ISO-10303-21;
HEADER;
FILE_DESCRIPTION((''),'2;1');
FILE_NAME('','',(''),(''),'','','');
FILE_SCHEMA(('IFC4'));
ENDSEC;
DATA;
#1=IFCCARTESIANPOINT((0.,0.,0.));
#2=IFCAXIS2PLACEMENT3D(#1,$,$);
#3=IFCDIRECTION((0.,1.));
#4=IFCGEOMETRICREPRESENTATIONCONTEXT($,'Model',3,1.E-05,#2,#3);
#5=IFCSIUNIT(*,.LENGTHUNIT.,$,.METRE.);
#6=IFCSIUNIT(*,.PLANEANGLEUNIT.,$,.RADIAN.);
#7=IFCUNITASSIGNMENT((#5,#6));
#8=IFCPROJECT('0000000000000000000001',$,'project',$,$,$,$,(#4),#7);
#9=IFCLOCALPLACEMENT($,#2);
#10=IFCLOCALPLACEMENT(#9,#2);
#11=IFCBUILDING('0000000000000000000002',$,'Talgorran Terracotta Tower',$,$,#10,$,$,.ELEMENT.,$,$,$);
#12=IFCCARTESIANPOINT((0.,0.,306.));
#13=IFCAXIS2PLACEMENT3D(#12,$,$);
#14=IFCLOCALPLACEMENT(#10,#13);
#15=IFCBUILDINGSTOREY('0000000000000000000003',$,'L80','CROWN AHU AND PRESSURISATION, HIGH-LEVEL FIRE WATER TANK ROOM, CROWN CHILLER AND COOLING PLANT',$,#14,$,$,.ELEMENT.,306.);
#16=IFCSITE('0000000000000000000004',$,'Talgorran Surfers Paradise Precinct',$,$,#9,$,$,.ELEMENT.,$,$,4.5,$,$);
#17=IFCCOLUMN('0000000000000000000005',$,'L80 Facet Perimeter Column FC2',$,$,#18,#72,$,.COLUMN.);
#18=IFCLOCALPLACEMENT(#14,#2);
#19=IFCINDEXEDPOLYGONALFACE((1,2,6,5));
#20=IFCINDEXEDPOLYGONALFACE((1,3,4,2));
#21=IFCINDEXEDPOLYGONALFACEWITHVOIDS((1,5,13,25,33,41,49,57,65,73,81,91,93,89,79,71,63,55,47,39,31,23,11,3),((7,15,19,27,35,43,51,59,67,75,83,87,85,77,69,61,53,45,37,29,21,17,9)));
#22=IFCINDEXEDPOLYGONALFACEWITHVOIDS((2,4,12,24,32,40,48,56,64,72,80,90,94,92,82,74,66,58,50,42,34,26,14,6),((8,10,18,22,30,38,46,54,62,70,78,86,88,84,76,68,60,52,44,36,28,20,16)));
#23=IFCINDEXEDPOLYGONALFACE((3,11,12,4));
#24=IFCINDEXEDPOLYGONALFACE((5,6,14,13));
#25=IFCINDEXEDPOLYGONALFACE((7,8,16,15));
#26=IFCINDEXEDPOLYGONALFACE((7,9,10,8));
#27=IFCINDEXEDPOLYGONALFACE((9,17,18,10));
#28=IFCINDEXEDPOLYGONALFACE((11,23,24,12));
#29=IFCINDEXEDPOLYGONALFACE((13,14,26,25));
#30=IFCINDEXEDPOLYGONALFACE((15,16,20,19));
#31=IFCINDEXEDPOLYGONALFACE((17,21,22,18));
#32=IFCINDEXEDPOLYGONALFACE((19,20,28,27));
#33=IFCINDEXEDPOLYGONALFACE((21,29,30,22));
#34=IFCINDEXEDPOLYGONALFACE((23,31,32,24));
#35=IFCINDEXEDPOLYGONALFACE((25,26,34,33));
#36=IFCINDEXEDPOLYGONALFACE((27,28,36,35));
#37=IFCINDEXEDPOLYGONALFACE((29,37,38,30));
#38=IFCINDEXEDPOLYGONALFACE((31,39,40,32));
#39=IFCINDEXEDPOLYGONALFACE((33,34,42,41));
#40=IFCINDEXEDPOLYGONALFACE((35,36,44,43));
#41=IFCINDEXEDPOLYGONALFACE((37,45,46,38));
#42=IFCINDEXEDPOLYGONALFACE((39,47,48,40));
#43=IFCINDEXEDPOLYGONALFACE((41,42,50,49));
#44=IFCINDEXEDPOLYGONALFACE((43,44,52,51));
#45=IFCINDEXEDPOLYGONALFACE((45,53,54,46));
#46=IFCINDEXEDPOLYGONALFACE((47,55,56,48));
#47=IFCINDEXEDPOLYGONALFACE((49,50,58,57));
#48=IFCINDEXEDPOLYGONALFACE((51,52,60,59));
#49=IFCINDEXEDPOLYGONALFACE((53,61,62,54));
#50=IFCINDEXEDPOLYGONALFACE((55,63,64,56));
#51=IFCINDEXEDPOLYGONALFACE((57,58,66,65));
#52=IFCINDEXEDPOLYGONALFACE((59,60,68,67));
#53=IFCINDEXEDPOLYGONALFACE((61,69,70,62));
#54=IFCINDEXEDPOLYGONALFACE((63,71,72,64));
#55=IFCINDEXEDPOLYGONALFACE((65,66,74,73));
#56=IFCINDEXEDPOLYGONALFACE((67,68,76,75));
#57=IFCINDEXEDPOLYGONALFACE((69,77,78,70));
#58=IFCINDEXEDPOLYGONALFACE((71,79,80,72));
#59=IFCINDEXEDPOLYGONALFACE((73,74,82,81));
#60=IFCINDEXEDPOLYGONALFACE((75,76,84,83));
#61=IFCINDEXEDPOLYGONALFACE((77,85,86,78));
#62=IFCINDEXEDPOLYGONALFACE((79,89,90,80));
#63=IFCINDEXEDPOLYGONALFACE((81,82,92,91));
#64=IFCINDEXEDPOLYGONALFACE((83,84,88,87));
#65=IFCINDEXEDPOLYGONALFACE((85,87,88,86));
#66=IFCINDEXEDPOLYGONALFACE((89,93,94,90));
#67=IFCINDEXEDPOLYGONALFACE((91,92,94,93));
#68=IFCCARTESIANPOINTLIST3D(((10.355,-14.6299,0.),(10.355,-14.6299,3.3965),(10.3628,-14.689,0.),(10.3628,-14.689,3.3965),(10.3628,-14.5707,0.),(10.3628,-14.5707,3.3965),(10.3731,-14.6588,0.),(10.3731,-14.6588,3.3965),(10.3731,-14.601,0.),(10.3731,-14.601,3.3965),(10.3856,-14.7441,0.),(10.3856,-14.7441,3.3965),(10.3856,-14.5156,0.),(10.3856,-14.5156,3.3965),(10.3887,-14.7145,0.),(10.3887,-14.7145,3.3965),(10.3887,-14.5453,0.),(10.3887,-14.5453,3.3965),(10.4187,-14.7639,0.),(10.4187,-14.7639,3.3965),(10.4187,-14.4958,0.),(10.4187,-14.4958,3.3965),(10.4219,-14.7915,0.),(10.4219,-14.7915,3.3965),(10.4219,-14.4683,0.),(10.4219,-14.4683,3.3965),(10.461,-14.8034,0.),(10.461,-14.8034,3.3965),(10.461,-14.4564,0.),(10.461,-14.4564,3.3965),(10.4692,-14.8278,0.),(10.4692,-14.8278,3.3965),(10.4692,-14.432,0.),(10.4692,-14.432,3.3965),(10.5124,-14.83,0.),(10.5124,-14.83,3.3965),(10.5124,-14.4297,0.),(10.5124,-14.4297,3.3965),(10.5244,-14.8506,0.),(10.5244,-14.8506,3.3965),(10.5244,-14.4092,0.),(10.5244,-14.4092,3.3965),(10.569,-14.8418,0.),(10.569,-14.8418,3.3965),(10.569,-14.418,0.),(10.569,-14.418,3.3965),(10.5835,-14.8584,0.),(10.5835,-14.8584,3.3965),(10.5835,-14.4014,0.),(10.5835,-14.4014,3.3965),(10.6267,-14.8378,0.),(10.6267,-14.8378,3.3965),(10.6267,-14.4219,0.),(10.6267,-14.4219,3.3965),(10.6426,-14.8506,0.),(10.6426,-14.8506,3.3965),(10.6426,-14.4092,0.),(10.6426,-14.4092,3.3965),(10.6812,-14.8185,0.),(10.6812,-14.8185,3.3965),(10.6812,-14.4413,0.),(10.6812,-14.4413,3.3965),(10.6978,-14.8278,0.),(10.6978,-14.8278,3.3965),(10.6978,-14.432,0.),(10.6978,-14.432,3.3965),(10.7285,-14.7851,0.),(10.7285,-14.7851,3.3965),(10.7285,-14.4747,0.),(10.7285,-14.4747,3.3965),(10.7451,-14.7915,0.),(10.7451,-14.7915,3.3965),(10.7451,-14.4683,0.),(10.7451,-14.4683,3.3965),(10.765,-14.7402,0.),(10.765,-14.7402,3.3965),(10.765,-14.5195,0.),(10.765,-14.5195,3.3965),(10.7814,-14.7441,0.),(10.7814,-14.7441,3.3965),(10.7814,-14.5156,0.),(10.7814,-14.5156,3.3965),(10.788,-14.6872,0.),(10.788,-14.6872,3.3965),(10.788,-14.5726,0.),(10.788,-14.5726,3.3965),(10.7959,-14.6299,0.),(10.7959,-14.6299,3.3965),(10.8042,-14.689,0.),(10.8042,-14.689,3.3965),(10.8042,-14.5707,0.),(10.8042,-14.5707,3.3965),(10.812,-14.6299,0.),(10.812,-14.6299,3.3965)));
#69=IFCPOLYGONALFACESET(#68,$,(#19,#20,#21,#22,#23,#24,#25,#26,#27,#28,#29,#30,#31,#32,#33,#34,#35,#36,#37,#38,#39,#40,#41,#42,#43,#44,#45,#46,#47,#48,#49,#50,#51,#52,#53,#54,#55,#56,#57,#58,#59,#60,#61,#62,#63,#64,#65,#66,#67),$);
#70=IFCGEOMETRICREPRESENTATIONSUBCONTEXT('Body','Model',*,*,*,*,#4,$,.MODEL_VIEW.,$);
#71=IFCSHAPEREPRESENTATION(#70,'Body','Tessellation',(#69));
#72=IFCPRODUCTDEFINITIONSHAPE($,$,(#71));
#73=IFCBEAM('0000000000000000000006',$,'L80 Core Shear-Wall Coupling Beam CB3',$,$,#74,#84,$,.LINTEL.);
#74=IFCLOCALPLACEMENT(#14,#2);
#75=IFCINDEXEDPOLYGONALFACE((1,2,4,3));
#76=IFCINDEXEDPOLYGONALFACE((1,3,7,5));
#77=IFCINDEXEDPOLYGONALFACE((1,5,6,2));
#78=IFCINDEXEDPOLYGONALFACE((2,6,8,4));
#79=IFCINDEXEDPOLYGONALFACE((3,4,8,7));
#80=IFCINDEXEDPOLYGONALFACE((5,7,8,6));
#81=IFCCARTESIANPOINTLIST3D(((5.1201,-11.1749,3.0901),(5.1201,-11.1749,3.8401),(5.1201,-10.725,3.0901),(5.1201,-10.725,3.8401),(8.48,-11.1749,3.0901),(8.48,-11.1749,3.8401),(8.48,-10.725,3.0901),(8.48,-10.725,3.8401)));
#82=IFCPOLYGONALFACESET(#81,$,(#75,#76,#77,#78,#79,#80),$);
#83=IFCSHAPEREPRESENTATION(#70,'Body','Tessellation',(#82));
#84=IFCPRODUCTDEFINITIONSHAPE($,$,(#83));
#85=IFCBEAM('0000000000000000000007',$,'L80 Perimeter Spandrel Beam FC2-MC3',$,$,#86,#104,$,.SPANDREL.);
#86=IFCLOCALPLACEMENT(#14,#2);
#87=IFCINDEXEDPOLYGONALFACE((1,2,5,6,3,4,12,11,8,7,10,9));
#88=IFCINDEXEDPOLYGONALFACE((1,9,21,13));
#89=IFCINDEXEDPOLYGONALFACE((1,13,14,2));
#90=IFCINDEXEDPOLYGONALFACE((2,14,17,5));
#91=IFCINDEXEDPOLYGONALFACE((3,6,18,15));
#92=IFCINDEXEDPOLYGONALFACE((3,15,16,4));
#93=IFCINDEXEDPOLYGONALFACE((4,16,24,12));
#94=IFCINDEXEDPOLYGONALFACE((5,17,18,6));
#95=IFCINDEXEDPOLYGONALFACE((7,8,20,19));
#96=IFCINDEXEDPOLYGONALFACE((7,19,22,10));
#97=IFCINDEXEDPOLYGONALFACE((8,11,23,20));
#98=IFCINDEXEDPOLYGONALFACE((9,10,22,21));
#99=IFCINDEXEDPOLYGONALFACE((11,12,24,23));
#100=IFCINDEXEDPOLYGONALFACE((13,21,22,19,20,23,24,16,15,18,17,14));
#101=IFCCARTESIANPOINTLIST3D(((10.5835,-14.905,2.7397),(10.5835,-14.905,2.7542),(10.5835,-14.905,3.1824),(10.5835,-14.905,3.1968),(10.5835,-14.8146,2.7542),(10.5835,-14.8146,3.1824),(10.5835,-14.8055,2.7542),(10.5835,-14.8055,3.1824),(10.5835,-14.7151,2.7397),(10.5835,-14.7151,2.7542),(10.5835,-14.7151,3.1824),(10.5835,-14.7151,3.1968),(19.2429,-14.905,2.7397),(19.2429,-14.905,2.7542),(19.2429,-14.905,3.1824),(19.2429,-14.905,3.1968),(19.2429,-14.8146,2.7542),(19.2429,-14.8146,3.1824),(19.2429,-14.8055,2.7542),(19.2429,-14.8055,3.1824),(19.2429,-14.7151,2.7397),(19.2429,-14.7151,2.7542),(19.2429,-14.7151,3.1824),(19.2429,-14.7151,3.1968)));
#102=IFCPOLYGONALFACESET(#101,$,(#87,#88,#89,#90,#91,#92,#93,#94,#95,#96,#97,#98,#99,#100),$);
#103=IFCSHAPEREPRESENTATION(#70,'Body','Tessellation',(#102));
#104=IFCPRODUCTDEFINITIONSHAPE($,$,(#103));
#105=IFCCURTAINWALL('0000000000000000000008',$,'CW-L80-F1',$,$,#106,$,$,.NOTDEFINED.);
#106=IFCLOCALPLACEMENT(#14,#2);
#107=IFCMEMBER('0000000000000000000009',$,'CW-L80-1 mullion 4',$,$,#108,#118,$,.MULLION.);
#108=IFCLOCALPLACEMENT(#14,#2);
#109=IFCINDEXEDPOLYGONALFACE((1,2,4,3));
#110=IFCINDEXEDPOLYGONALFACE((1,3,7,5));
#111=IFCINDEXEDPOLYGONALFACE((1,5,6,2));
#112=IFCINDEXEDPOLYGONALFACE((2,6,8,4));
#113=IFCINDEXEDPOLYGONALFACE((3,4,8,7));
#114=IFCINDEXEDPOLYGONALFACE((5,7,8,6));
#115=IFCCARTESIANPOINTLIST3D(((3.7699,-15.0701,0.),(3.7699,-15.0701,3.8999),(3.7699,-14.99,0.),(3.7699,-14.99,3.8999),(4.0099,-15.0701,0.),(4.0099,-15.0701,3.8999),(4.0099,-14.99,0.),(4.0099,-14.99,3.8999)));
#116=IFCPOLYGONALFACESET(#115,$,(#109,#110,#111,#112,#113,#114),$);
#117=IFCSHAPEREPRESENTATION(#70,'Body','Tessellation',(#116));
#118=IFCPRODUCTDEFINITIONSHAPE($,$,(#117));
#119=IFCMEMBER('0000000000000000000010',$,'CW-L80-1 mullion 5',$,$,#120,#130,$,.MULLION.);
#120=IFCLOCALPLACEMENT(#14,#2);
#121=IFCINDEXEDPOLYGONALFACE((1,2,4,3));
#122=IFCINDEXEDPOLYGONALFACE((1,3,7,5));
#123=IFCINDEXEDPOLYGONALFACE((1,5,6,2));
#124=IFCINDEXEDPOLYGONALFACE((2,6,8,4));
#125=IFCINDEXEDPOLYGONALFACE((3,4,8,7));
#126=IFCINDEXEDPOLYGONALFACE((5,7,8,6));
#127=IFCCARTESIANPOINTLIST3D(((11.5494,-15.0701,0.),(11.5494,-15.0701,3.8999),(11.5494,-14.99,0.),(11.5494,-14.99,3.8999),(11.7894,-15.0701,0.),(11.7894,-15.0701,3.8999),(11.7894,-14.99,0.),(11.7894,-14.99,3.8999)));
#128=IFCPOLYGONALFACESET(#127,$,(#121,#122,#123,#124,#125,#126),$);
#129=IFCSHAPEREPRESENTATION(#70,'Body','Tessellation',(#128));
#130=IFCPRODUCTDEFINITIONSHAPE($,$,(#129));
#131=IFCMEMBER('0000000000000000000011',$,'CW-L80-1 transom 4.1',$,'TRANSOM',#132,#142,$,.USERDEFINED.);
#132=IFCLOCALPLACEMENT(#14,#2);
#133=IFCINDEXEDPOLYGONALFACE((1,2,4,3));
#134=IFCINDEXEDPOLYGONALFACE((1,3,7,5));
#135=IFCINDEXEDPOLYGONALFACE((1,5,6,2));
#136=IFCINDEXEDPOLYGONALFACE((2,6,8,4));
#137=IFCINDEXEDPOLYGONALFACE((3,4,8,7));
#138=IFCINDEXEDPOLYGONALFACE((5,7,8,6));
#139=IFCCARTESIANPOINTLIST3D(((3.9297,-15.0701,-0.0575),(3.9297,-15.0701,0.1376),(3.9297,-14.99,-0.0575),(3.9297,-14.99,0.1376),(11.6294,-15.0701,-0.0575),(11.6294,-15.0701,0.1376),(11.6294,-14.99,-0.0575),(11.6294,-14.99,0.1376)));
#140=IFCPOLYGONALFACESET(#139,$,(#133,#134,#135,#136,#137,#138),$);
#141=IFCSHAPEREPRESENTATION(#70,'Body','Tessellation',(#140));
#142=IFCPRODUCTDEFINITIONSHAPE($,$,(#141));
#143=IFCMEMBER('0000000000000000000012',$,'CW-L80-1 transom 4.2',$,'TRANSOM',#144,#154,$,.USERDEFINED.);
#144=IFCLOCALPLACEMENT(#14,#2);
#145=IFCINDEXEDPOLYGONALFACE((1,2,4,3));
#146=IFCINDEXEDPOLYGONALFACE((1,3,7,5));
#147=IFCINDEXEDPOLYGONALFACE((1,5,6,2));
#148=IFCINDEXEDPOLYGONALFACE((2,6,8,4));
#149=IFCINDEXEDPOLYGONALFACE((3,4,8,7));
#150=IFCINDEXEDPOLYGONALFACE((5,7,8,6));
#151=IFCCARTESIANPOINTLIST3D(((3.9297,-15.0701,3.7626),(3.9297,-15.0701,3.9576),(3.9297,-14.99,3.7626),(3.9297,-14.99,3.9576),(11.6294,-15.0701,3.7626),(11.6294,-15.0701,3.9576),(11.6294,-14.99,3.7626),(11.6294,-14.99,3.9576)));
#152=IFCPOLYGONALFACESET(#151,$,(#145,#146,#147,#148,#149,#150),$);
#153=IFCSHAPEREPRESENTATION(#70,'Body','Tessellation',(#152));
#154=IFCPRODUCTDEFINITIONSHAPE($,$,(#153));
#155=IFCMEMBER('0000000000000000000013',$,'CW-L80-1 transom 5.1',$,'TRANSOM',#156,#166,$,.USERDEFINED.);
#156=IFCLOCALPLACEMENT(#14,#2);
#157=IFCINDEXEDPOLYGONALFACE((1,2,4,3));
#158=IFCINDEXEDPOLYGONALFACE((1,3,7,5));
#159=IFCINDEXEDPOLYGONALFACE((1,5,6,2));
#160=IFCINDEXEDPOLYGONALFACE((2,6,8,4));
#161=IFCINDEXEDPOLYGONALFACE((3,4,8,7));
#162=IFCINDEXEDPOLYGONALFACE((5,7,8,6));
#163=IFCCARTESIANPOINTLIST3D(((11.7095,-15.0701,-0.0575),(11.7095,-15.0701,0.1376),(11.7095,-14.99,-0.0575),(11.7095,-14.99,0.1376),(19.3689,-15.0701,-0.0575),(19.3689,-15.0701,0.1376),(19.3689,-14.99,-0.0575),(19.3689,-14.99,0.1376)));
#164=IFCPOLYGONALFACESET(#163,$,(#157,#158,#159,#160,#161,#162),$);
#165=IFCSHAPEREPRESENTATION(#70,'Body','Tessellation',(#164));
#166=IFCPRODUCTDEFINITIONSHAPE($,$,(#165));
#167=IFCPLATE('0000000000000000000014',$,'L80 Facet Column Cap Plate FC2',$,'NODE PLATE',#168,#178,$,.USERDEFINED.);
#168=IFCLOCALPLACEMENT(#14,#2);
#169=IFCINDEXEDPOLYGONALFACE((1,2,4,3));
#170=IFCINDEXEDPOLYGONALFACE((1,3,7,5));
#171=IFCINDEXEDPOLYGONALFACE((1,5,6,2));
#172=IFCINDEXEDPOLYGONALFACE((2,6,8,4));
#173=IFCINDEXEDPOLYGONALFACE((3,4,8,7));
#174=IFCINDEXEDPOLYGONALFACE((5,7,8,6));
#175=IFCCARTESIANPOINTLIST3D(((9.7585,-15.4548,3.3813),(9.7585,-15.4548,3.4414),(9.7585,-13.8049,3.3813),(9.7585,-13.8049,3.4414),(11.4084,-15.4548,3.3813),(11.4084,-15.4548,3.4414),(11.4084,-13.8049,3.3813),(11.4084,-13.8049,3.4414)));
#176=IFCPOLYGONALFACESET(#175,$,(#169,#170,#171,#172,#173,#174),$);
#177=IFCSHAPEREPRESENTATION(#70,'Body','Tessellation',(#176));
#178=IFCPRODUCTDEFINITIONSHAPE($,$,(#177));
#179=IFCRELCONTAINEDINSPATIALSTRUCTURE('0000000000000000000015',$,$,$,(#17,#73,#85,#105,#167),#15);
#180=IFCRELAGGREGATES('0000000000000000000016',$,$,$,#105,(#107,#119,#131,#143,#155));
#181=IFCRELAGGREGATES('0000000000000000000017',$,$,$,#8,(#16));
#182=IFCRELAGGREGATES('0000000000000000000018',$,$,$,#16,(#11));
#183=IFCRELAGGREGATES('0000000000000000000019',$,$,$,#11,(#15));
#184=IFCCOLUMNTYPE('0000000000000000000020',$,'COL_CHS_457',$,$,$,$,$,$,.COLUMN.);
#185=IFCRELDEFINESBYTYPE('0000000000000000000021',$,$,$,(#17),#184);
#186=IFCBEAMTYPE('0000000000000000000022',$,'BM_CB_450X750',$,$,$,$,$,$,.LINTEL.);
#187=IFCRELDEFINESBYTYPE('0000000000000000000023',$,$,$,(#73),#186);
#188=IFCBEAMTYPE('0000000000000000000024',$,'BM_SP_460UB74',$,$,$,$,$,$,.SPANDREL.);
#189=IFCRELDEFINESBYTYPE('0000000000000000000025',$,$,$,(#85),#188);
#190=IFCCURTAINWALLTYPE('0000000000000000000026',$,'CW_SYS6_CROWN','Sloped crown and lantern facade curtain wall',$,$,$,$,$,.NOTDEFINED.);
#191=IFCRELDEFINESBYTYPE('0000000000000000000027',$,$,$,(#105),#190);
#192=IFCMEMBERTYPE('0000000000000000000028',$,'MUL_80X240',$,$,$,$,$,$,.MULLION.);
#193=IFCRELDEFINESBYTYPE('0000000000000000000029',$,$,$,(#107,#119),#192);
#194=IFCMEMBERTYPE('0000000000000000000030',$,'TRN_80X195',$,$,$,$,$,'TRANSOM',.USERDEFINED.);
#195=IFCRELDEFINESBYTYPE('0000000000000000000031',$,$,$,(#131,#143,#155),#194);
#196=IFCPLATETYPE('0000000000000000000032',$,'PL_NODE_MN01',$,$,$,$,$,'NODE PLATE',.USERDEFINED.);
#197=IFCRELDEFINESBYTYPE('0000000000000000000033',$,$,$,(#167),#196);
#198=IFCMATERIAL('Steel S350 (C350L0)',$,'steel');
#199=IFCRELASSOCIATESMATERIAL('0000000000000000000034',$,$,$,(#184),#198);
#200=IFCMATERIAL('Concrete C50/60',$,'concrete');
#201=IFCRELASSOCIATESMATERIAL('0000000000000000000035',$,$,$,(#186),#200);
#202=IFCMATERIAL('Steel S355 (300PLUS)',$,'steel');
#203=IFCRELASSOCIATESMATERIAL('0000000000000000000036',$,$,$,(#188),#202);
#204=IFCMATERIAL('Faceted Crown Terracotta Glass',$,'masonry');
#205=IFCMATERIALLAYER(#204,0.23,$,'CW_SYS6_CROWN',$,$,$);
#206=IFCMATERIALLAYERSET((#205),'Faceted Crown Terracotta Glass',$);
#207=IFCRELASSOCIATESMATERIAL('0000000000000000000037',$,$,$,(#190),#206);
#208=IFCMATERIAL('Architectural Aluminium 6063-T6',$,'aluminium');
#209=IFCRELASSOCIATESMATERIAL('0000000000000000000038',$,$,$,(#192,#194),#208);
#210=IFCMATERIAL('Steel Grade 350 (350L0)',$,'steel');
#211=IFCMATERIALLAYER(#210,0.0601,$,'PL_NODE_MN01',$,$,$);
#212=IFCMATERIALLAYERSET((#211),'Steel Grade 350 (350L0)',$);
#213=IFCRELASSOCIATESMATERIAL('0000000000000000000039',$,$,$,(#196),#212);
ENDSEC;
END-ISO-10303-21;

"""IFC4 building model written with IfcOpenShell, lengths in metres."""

from ifc_helpers import new_model, si_unit, direction, frame, origin, origin_2d, place, context, subcontext, project, spatial, rectangle, hollow_circle, i_section, extrude, material, layer, layer_set, material_profile, profile_set, type_object, element, aggregate, save


model = new_model("IFC4")

# Units and contexts
model_context = context("Model", 3, precision=1e-05, world=origin(), true_north=direction((0.0, 1.0)))
body_context = subcontext(model_context, "Body", "Model", "MODEL_VIEW")
ifc_project = project(units=[si_unit("LENGTHUNIT", "METRE"), si_unit("PLANEANGLEUNIT", "RADIAN")], contexts=[model_context])

# Site, building, storey
site_placement = place(None, origin())
site = spatial("IfcSite", under=ifc_project, at=site_placement, Name="Talgorran Surfers Paradise Precinct", CompositionType="ELEMENT", RefElevation=4.5)
building_placement = place(site_placement, origin())
building = spatial("IfcBuilding", under=site, at=building_placement, Name="Talgorran Terracotta Tower", CompositionType="ELEMENT")
storey_placement = place(building_placement, frame((0.0, 0.0, 306.0)))
storey = spatial("IfcBuildingStorey", under=building, at=storey_placement, Name="L80", Description="CROWN AHU AND PRESSURISATION, HIGH-LEVEL FIRE WATER TANK ROOM, CROWN CHILLER AND COOLING PLANT", CompositionType="ELEMENT", Elevation=306.0)

# Column
ifc_material_1 = material(Name="Steel S350 (C350L0)", Category="steel")
ifc_material_profile_1 = material_profile(ifc_material_1, hollow_circle(Radius=0.2285, WallThickness=0.0161, at=origin_2d()), Name="CHS457X16")
ifc_profile_set_1 = profile_set([ifc_material_profile_1], Name="Steel S350 (C350L0)")
column_type = type_object("IfcColumnType", Name="COL_CHS_457", PredefinedType="COLUMN", material=ifc_profile_set_1)
column_placement = place(storey_placement, frame((10.5835, -14.6299, 0.0), z_axis=(0.0, 0.0, 1.0), x_axis=(1.0, 0.0, 0.0)))
element("IfcColumn", 1, at=column_placement, inside=storey, type_object=column_type, Name="L80 Facet Perimeter Column FC2", PredefinedType="COLUMN", context=body_context, shape_type="SweptSolid", body=[
    extrude(hollow_circle(Radius=0.2285, WallThickness=0.0161, at=origin_2d()), origin(), (0.0, 0.0, 1.0), 3.3965),
])

# Beams
ifc_material_2 = material(Name="Concrete C50/60", Category="concrete")
ifc_material_profile_2 = material_profile(ifc_material_2, rectangle(XDim=0.45, YDim=0.75, at=origin_2d()), Name="RCCB450X750")
ifc_profile_set_2 = profile_set([ifc_material_profile_2], Name="Concrete C50/60")
beam_type_1 = type_object("IfcBeamType", Name="BM_CB_450X750", PredefinedType="LINTEL", material=ifc_profile_set_2)
beam_1_placement = place(storey_placement, frame((5.1201, -10.95, 3.4651), z_axis=(1.0, 0.0, 0.0), x_axis=(0.0, 1.0, 0.0)))
element("IfcBeam", 2, at=beam_1_placement, inside=storey, type_object=beam_type_1, Name="L80 Core Shear-Wall Coupling Beam CB3", PredefinedType="LINTEL", context=body_context, shape_type="SweptSolid", body=[
    extrude(rectangle(XDim=0.45, YDim=0.75, at=origin_2d()), origin(), (0.0, 0.0, 1.0), 3.3599),
])
ifc_material_3 = material(Name="Steel S355 (300PLUS)", Category="steel")
ifc_material_profile_3 = material_profile(ifc_material_3, i_section(OverallWidth=0.1899, OverallDepth=0.457, WebThickness=0.009, FlangeThickness=0.0144, at=origin_2d()), Name="460UB74.6")
ifc_profile_set_3 = profile_set([ifc_material_profile_3], Name="Steel S355 (300PLUS)")
beam_type_2 = type_object("IfcBeamType", Name="BM_SP_460UB74", PredefinedType="SPANDREL", material=ifc_profile_set_3)
beam_2_placement = place(storey_placement, frame((10.5835, -14.8101, 2.9683), z_axis=(1.0, 0.0, 0.0), x_axis=(0.0, 1.0, 0.0)))
element("IfcBeam", 3, at=beam_2_placement, inside=storey, type_object=beam_type_2, Name="L80 Perimeter Spandrel Beam FC2-MC3", PredefinedType="SPANDREL", context=body_context, shape_type="SweptSolid", body=[
    extrude(i_section(OverallWidth=0.1899, OverallDepth=0.457, WebThickness=0.009, FlangeThickness=0.0144, at=origin_2d()), origin(), (0.0, 0.0, 1.0), 8.6594),
])

# Curtain wall, members
ifc_material_4 = material(Name="Faceted Crown Terracotta Glass", Category="masonry")
ifc_layer_1 = layer(ifc_material_4, 0.23, Name="CW_SYS6_CROWN")
ifc_layer_set_1 = layer_set([ifc_layer_1], Name="Faceted Crown Terracotta Glass")
curtain_wall_type = type_object("IfcCurtainWallType", Name="CW_SYS6_CROWN", Description="Sloped crown and lantern facade curtain wall", PredefinedType="NOTDEFINED", material=ifc_layer_set_1)
curtain_wall_placement = place(storey_placement, origin())
curtain_wall = element("IfcCurtainWall", 4, at=curtain_wall_placement, inside=storey, type_object=curtain_wall_type, Name="CW-L80-F1", PredefinedType="NOTDEFINED")
ifc_material_5 = material(Name="Architectural Aluminium 6063-T6", Category="aluminium")
ifc_material_profile_4 = material_profile(ifc_material_5, rectangle(XDim=0.0801, YDim=0.24, at=origin_2d()), Name="CWM80X240")
ifc_profile_set_4 = profile_set([ifc_material_profile_4], Name="Architectural Aluminium 6063-T6")
member_type_1 = type_object("IfcMemberType", Name="MUL_80X240", PredefinedType="MULLION", material=ifc_profile_set_4)
member_1_placement = place(storey_placement, frame((3.8899, -15.03, 0.0), z_axis=(0.0, 0.0, 1.0), x_axis=(0.0, 1.0, 0.0)))
member_1 = element("IfcMember", 5, at=member_1_placement, type_object=member_type_1, Name="CW-L80-1 mullion 4", PredefinedType="MULLION", context=body_context, shape_type="SweptSolid", body=[
    extrude(rectangle(XDim=0.0801, YDim=0.24, at=origin_2d()), origin(), (0.0, 0.0, 1.0), 3.8999),
])
member_2_placement = place(storey_placement, frame((11.6694, -15.03, 0.0), z_axis=(0.0, 0.0, 1.0), x_axis=(0.0, 1.0, 0.0)))
member_2 = element("IfcMember", 6, at=member_2_placement, type_object=member_type_1, Name="CW-L80-1 mullion 5", PredefinedType="MULLION", context=body_context, shape_type="SweptSolid", body=[
    extrude(rectangle(XDim=0.0801, YDim=0.24, at=origin_2d()), origin(), (0.0, 0.0, 1.0), 3.8999),
])
ifc_material_profile_5 = material_profile(ifc_material_5, rectangle(XDim=0.0801, YDim=0.1951, at=origin_2d()), Name="CWT80X195")
ifc_profile_set_5 = profile_set([ifc_material_profile_5], Name="Architectural Aluminium 6063-T6")
member_type_2 = type_object("IfcMemberType", Name="TRN_80X195", ElementType="TRANSOM", PredefinedType="USERDEFINED", material=ifc_profile_set_5)
member_3_placement = place(storey_placement, frame((3.9297, -15.03, 0.04), z_axis=(1.0, 0.0, 0.0), x_axis=(0.0, 1.0, 0.0)))
member_3 = element("IfcMember", 7, at=member_3_placement, type_object=member_type_2, Name="CW-L80-1 transom 4.1", ObjectType="TRANSOM", PredefinedType="USERDEFINED", context=body_context, shape_type="SweptSolid", body=[
    extrude(rectangle(XDim=0.0801, YDim=0.1951, at=origin_2d()), origin(), (0.0, 0.0, 1.0), 7.6997),
])
member_4_placement = place(storey_placement, frame((3.9297, -15.03, 3.8601), z_axis=(1.0, 0.0, 0.0), x_axis=(0.0, 1.0, 0.0)))
member_4 = element("IfcMember", 8, at=member_4_placement, type_object=member_type_2, Name="CW-L80-1 transom 4.2", ObjectType="TRANSOM", PredefinedType="USERDEFINED", context=body_context, shape_type="SweptSolid", body=[
    extrude(rectangle(XDim=0.0801, YDim=0.1951, at=origin_2d()), origin(), (0.0, 0.0, 1.0), 7.6997),
])
member_5_placement = place(storey_placement, frame((11.7095, -15.03, 0.04), z_axis=(1.0, 0.0, 0.0), x_axis=(0.0, 1.0, 0.0)))
member_5 = element("IfcMember", 9, at=member_5_placement, type_object=member_type_2, Name="CW-L80-1 transom 5.1", ObjectType="TRANSOM", PredefinedType="USERDEFINED", context=body_context, shape_type="SweptSolid", body=[
    extrude(rectangle(XDim=0.0801, YDim=0.1951, at=origin_2d()), origin(), (0.0, 0.0, 1.0), 7.6594),
])

# Plate
ifc_material_6 = material(Name="Steel Grade 350 (350L0)", Category="steel")
ifc_layer_2 = layer(ifc_material_6, 0.0601, Name="PL_NODE_MN01")
ifc_layer_set_2 = layer_set([ifc_layer_2], Name="Steel Grade 350 (350L0)")
plate_type_1 = type_object("IfcPlateType", Name="PL_NODE_MN01", ElementType="NODE PLATE", PredefinedType="USERDEFINED", material=ifc_layer_set_2)
plate_1_placement = place(storey_placement, frame((10.5835, -14.6299, 3.3813), z_axis=(0.0, 0.0, 1.0), x_axis=(1.0, 0.0, 0.0)))
element("IfcPlate", 10, at=plate_1_placement, inside=storey, type_object=plate_type_1, Name="L80 Facet Column Cap Plate FC2", ObjectType="NODE PLATE", PredefinedType="USERDEFINED", context=body_context, shape_type="SweptSolid", body=[
    extrude(rectangle(XDim=1.6499, YDim=1.6499, at=origin_2d()), origin(), (0.0, 0.0, 1.0), 0.0601),
])
aggregate(curtain_wall, [member_1, member_2, member_3, member_4, member_5])

save(model, "model.ifc")
